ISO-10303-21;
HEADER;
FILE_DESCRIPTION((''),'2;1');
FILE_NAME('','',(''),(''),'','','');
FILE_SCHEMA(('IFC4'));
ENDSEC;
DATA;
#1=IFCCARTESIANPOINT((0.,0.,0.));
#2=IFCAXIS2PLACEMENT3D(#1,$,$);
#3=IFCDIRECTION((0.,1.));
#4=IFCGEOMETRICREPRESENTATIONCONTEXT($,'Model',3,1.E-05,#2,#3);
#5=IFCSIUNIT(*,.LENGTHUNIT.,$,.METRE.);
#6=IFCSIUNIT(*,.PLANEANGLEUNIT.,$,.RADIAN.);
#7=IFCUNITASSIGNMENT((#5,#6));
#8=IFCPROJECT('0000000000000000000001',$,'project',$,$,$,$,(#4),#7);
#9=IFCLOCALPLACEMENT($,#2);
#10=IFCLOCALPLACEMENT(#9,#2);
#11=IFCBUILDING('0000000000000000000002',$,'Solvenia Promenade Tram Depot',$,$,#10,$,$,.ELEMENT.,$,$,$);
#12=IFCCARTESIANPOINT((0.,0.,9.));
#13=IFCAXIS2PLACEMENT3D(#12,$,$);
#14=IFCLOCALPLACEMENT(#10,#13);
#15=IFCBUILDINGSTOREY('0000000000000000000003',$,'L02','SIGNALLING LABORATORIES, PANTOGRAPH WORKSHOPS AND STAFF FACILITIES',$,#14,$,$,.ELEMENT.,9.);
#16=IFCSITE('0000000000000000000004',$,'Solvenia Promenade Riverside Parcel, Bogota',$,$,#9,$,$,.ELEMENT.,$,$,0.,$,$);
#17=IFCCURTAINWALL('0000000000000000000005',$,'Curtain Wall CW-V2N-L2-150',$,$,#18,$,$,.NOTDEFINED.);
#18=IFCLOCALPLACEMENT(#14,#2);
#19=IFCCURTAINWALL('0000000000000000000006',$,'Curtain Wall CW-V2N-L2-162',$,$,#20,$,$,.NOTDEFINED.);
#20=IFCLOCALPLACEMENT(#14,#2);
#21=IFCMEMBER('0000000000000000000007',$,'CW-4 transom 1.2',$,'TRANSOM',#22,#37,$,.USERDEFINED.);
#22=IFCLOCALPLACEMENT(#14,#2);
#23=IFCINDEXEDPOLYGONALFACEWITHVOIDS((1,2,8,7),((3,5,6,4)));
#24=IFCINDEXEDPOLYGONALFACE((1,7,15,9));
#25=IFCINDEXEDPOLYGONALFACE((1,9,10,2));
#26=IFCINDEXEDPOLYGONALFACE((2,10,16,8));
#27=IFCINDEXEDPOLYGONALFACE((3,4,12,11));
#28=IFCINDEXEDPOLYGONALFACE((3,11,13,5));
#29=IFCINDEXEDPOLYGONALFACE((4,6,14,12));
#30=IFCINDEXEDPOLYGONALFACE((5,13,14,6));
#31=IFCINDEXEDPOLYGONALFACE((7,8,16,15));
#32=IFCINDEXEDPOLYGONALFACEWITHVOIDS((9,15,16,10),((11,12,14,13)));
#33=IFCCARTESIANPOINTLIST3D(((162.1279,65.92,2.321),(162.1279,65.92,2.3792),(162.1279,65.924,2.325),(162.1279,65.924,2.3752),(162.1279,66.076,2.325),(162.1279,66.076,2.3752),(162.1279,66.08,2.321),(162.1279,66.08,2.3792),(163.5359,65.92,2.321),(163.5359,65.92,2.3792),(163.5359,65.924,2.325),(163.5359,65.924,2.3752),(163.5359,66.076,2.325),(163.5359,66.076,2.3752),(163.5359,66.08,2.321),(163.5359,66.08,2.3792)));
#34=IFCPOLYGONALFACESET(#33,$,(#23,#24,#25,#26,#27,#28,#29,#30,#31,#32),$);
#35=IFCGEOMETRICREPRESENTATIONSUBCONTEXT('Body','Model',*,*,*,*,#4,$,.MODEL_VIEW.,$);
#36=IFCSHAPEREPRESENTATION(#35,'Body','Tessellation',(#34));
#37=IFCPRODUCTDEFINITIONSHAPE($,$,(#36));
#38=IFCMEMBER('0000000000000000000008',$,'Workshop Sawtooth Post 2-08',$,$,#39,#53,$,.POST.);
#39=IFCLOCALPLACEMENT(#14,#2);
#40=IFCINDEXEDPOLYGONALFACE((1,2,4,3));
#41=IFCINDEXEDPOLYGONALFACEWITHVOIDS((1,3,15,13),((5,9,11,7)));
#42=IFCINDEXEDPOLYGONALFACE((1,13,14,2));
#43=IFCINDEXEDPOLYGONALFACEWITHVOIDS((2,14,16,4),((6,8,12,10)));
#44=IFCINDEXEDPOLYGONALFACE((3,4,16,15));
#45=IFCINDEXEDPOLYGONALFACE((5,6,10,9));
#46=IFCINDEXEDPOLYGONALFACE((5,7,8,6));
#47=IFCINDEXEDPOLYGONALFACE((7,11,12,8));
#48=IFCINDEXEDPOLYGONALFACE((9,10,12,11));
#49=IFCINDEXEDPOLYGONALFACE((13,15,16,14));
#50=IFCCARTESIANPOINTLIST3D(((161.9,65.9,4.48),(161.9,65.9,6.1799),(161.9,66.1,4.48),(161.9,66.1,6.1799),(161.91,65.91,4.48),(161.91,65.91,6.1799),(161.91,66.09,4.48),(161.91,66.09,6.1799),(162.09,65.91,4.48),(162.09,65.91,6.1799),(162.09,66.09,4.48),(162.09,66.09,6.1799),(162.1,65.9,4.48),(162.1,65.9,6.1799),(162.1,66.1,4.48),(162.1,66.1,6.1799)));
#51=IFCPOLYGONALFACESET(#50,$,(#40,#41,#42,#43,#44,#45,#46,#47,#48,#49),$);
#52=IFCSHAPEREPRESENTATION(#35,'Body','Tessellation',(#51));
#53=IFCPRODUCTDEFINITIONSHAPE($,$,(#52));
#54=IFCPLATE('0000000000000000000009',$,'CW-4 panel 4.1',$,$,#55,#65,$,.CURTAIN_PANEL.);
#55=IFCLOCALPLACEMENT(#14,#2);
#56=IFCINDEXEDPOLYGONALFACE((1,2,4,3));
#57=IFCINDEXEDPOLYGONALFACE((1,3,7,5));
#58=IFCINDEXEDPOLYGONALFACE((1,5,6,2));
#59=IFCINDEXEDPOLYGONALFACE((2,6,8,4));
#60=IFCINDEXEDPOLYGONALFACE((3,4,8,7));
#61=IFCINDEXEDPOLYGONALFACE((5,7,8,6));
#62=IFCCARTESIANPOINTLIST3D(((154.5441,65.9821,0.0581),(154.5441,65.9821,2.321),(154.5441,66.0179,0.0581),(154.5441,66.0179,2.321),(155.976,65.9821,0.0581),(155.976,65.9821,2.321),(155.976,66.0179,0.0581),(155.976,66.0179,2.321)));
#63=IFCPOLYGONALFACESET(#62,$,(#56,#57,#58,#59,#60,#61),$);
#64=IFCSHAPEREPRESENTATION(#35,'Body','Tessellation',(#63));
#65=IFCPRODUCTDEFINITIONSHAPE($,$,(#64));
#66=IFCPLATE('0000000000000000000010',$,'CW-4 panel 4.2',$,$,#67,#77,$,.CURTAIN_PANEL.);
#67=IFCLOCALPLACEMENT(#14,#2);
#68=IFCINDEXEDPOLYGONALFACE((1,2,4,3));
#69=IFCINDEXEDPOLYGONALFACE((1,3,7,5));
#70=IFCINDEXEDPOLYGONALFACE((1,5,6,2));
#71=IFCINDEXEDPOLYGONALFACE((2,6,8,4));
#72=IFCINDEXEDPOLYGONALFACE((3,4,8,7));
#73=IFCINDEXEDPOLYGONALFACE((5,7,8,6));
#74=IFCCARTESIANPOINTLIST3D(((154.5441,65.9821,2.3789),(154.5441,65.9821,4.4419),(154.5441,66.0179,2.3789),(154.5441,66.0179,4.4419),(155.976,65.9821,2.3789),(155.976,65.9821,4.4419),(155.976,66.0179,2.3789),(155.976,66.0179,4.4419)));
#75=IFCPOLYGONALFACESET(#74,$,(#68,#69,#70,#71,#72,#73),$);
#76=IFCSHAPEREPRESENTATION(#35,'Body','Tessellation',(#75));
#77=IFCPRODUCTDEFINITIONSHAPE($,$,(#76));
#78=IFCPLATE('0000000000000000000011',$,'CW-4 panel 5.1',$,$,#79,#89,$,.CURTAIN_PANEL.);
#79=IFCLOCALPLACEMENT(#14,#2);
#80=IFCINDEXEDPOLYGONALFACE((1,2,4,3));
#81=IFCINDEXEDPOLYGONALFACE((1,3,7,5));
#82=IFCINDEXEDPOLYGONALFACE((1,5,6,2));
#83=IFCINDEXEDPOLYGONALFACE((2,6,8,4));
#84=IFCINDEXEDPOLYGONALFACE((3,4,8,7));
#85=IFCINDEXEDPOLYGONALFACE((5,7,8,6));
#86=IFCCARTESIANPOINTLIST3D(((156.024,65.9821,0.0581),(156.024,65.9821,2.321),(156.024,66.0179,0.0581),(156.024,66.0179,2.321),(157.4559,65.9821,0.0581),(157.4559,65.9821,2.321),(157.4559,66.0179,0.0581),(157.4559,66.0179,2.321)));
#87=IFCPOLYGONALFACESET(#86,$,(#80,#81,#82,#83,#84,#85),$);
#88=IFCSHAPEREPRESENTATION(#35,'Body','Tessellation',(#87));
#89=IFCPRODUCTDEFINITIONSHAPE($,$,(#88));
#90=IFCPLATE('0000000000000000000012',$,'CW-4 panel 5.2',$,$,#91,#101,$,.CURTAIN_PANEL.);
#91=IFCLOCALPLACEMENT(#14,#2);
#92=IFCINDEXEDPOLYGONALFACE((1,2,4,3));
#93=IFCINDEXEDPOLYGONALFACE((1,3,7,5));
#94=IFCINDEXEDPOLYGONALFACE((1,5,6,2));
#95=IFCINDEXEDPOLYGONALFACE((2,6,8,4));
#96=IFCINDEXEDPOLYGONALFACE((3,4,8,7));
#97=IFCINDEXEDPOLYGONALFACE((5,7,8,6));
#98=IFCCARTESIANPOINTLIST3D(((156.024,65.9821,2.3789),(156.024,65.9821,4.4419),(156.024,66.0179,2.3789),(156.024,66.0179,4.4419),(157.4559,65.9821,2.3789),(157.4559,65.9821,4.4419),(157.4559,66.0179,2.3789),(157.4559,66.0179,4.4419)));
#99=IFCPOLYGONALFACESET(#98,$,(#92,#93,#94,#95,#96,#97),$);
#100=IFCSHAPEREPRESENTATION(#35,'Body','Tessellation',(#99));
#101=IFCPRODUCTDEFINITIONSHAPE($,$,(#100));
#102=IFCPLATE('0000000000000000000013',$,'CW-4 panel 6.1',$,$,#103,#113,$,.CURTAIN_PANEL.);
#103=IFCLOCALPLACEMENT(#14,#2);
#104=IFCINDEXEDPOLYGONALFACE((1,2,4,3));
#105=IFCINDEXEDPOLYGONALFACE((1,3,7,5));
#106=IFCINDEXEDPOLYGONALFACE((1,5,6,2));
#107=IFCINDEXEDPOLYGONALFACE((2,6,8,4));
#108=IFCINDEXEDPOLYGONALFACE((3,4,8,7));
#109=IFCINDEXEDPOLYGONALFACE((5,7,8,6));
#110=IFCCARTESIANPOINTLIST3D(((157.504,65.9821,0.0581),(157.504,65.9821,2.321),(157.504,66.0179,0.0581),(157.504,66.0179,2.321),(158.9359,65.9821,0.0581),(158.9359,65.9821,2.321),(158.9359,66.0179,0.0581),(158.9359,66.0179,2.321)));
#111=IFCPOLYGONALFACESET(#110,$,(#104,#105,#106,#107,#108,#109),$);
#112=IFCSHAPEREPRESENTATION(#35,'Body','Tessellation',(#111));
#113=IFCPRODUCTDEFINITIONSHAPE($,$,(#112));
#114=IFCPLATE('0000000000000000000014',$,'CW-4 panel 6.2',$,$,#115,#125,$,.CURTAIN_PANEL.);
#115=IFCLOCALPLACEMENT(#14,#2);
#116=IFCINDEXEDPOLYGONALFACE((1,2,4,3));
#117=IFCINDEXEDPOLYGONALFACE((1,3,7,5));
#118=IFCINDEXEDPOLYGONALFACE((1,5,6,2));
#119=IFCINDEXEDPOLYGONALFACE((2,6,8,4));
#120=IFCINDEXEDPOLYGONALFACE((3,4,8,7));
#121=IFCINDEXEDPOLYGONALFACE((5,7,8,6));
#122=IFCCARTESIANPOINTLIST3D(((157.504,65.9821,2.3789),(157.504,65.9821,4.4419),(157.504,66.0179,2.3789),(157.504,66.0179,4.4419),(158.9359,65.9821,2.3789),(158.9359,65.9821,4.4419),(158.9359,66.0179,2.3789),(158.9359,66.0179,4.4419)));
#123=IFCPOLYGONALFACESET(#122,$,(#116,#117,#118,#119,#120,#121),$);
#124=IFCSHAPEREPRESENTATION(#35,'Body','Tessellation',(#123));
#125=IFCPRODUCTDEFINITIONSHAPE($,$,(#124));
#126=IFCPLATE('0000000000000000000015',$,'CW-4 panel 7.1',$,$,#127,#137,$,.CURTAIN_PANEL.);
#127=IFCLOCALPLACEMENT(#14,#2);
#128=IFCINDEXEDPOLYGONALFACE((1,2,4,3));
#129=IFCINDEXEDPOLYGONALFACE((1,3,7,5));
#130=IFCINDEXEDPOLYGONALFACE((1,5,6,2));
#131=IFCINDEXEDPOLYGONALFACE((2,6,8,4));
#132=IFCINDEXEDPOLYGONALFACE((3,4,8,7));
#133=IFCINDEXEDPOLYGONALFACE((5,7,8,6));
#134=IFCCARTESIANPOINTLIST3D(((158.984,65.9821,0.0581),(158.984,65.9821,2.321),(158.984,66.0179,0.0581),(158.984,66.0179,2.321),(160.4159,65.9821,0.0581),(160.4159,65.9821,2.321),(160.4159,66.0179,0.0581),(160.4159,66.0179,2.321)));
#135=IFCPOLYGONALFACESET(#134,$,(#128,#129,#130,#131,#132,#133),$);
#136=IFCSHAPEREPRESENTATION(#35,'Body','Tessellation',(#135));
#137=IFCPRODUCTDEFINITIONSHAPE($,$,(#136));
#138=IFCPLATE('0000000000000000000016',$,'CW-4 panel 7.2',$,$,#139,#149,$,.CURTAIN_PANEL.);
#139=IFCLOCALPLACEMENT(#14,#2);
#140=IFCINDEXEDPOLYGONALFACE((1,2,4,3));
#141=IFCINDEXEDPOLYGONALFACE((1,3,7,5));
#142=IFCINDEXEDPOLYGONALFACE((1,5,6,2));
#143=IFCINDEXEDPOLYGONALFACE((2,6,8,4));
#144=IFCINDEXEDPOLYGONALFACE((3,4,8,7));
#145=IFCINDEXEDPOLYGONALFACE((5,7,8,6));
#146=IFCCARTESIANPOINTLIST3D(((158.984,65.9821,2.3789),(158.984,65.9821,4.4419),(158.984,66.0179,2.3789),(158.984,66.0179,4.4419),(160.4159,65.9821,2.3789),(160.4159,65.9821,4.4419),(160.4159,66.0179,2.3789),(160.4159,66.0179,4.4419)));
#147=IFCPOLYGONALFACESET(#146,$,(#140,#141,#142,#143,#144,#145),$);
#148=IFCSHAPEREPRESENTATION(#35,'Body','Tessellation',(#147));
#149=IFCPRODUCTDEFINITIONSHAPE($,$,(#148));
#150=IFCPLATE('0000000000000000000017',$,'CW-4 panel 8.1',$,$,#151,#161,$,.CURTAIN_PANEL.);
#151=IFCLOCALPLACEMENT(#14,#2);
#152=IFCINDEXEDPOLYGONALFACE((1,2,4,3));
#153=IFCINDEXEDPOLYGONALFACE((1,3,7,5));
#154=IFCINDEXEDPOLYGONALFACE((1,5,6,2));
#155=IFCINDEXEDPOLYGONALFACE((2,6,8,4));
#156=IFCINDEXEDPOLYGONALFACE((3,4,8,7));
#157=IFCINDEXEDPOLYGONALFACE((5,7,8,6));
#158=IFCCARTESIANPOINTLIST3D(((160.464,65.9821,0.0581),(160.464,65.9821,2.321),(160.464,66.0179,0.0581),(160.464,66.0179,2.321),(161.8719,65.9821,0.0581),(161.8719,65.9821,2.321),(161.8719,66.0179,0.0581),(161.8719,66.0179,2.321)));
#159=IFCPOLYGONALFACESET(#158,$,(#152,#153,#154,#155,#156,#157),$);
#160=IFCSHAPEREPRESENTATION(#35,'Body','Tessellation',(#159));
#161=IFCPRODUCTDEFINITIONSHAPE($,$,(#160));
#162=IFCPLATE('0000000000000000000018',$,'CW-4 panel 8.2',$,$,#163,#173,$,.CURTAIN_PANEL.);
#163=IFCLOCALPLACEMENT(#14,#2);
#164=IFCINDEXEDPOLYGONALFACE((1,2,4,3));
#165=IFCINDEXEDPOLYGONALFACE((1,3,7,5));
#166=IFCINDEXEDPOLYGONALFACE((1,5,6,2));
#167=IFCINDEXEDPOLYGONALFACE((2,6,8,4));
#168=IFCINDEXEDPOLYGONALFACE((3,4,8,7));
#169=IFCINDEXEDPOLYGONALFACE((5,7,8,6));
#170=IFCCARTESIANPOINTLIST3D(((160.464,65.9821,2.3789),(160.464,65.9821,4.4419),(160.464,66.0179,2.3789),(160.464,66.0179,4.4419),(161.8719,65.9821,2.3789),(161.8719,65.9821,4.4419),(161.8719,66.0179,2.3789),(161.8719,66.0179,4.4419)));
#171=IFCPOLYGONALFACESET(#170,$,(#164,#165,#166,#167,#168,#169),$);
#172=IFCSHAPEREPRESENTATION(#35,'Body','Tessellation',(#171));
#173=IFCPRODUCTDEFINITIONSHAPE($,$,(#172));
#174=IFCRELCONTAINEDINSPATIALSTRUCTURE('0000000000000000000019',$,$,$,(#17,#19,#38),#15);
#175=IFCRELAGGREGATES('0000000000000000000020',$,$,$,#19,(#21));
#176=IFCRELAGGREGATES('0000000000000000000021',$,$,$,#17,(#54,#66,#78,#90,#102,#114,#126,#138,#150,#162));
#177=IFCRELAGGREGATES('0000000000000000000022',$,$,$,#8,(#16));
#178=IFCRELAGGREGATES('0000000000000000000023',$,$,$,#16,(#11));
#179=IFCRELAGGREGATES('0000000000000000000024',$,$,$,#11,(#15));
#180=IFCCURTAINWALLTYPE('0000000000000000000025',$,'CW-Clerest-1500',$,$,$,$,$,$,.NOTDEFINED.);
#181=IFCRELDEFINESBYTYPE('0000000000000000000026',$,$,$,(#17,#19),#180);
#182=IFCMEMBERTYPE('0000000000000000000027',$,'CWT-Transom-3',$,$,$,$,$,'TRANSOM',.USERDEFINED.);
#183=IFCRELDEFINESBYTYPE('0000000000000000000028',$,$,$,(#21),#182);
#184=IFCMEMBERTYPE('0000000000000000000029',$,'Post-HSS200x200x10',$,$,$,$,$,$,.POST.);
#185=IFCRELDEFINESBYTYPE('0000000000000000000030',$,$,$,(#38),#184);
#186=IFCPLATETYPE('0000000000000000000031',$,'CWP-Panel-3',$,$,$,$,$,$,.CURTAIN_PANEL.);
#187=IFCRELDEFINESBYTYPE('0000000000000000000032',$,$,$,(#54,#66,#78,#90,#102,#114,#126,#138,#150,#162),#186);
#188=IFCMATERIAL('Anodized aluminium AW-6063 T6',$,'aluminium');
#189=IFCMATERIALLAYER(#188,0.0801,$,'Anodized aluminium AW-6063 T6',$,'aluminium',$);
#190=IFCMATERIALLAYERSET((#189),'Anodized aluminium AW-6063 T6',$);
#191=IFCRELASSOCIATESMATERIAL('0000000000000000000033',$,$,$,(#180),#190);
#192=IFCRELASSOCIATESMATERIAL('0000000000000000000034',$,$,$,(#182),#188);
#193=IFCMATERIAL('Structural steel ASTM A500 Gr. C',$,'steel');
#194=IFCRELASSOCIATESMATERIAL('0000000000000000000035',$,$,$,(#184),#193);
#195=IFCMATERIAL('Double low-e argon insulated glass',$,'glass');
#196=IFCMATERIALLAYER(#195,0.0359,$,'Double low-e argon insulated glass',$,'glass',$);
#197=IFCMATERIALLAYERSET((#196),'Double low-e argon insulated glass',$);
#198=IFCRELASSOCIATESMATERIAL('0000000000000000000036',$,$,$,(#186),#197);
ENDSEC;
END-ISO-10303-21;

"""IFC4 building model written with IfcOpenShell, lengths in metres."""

from ifc_helpers import new_model, si_unit, direction, frame, origin, origin_2d, place, context, subcontext, project, spatial, rectangle, hollow_rectangle, extrude, material, layer, layer_set, material_profile, profile_set, type_object, element, aggregate, save


model = new_model("IFC4")

# Units and contexts
model_context = context("Model", 3, precision=1e-05, world=origin(), true_north=direction((0.0, 1.0)))
body_context = subcontext(model_context, "Body", "Model", "MODEL_VIEW")
ifc_project = project(units=[si_unit("LENGTHUNIT", "METRE"), si_unit("PLANEANGLEUNIT", "RADIAN")], contexts=[model_context])

# Site, building, storey
site_placement = place(None, origin())
site = spatial("IfcSite", under=ifc_project, at=site_placement, Name="Solvenia Promenade Riverside Parcel, Bogota", CompositionType="ELEMENT", RefElevation=0.0)
building_placement = place(site_placement, origin())
building = spatial("IfcBuilding", under=site, at=building_placement, Name="Solvenia Promenade Tram Depot", CompositionType="ELEMENT")
storey_placement = place(building_placement, frame((0.0, 0.0, 9.0)))
storey = spatial("IfcBuildingStorey", under=building, at=storey_placement, Name="L02", Description="SIGNALLING LABORATORIES, PANTOGRAPH WORKSHOPS AND STAFF FACILITIES", CompositionType="ELEMENT", Elevation=9.0)

# Curtain wall
ifc_material_1 = material(Name="Anodized aluminium AW-6063 T6", Category="aluminium")
ifc_layer_1 = layer(ifc_material_1, 0.0801, Name="Anodized aluminium AW-6063 T6", Category="aluminium")
ifc_layer_set_1 = layer_set([ifc_layer_1], Name="Anodized aluminium AW-6063 T6")
curtain_wall_type = type_object("IfcCurtainWallType", Name="CW-Clerest-1500", PredefinedType="NOTDEFINED", material=ifc_layer_set_1)
curtain_wall_1_placement = place(storey_placement, origin())
curtain_wall_1 = element("IfcCurtainWall", 1, at=curtain_wall_1_placement, inside=storey, type_object=curtain_wall_type, Name="Curtain Wall CW-V2N-L2-150", PredefinedType="NOTDEFINED")

# Curtain wall
curtain_wall_2_placement = place(storey_placement, origin())
curtain_wall_2 = element("IfcCurtainWall", 2, at=curtain_wall_2_placement, inside=storey, type_object=curtain_wall_type, Name="Curtain Wall CW-V2N-L2-162", PredefinedType="NOTDEFINED")

# Members
ifc_material_profile_1 = material_profile(ifc_material_1, hollow_rectangle(XDim=0.1599, YDim=0.0581, WallThickness=0.0039, at=origin_2d()), Name="ALU-T3", Category="aluminium")
ifc_profile_set_1 = profile_set([ifc_material_profile_1], Name="Anodized aluminium AW-6063 T6")
member_type_1 = type_object("IfcMemberType", Name="CWT-Transom-3", ElementType="TRANSOM", PredefinedType="USERDEFINED", material=ifc_profile_set_1)
member_1_placement = place(storey_placement, frame((162.1279, 66.0, 2.3501), z_axis=(1.0, 0.0, 0.0), x_axis=(0.0, 1.0, 0.0)))
member_1 = element("IfcMember", 3, at=member_1_placement, type_object=member_type_1, Name="CW-4 transom 1.2", ObjectType="TRANSOM", PredefinedType="USERDEFINED", context=body_context, shape_type="SweptSolid", body=[
    extrude(hollow_rectangle(XDim=0.1599, YDim=0.0581, WallThickness=0.0039, at=origin_2d()), origin(), (0.0, 0.0, 1.0), 1.408),
])
aggregate(curtain_wall_2, [member_1])
ifc_material_2 = material(Name="Structural steel ASTM A500 Gr. C", Category="steel")
ifc_material_profile_2 = material_profile(ifc_material_2, hollow_rectangle(XDim=0.2, YDim=0.2, WallThickness=0.01, at=origin_2d()), Name="HSS200x200x10", Category="steel")
ifc_profile_set_2 = profile_set([ifc_material_profile_2], Name="Structural steel ASTM A500 Gr. C")
member_type_2 = type_object("IfcMemberType", Name="Post-HSS200x200x10", PredefinedType="POST", material=ifc_profile_set_2)
member_2_placement = place(storey_placement, frame((162.0, 66.0, 4.48), z_axis=(0.0, 0.0, 1.0), x_axis=(1.0, 0.0, 0.0)))
element("IfcMember", 4, at=member_2_placement, inside=storey, type_object=member_type_2, Name="Workshop Sawtooth Post 2-08", PredefinedType="POST", context=body_context, shape_type="SweptSolid", body=[
    extrude(hollow_rectangle(XDim=0.2, YDim=0.2, WallThickness=0.01, at=origin_2d()), origin(), (0.0, 0.0, 1.0), 1.7),
])

# Plates
ifc_material_3 = material(Name="Double low-e argon insulated glass", Category="glass")
ifc_layer_2 = layer(ifc_material_3, 0.0359, Name="Double low-e argon insulated glass", Category="glass")
ifc_layer_set_2 = layer_set([ifc_layer_2], Name="Double low-e argon insulated glass")
plate_type = type_object("IfcPlateType", Name="CWP-Panel-3", PredefinedType="CURTAIN_PANEL", material=ifc_layer_set_2)
plate_1_placement = place(storey_placement, frame((155.26, 66.0, 0.0581), z_axis=(0.0, 0.0, 1.0), x_axis=(1.0, 0.0, 0.0)))
plate_1 = element("IfcPlate", 5, at=plate_1_placement, type_object=plate_type, Name="CW-4 panel 4.1", PredefinedType="CURTAIN_PANEL", context=body_context, shape_type="SweptSolid", body=[
    extrude(rectangle(XDim=1.4319, YDim=0.0359, at=origin_2d()), origin(), (0.0, 0.0, 1.0), 2.2629),
])
plate_2_placement = place(storey_placement, frame((155.26, 66.0, 2.3789), z_axis=(0.0, 0.0, 1.0), x_axis=(1.0, 0.0, 0.0)))
plate_2 = element("IfcPlate", 6, at=plate_2_placement, type_object=plate_type, Name="CW-4 panel 4.2", PredefinedType="CURTAIN_PANEL", context=body_context, shape_type="SweptSolid", body=[
    extrude(rectangle(XDim=1.4319, YDim=0.0359, at=origin_2d()), origin(), (0.0, 0.0, 1.0), 2.063),
])
plate_3_placement = place(storey_placement, frame((156.74, 66.0, 0.0581), z_axis=(0.0, 0.0, 1.0), x_axis=(1.0, 0.0, 0.0)))
plate_3 = element("IfcPlate", 7, at=plate_3_placement, type_object=plate_type, Name="CW-4 panel 5.1", PredefinedType="CURTAIN_PANEL", context=body_context, shape_type="SweptSolid", body=[
    extrude(rectangle(XDim=1.4319, YDim=0.0359, at=origin_2d()), origin(), (0.0, 0.0, 1.0), 2.2629),
])
plate_4_placement = place(storey_placement, frame((156.74, 66.0, 2.3789), z_axis=(0.0, 0.0, 1.0), x_axis=(1.0, 0.0, 0.0)))
plate_4 = element("IfcPlate", 8, at=plate_4_placement, type_object=plate_type, Name="CW-4 panel 5.2", PredefinedType="CURTAIN_PANEL", context=body_context, shape_type="SweptSolid", body=[
    extrude(rectangle(XDim=1.4319, YDim=0.0359, at=origin_2d()), origin(), (0.0, 0.0, 1.0), 2.063),
])
plate_5_placement = place(storey_placement, frame((158.22, 66.0, 0.0581), z_axis=(0.0, 0.0, 1.0), x_axis=(1.0, 0.0, 0.0)))
plate_5 = element("IfcPlate", 9, at=plate_5_placement, type_object=plate_type, Name="CW-4 panel 6.1", PredefinedType="CURTAIN_PANEL", context=body_context, shape_type="SweptSolid", body=[
    extrude(rectangle(XDim=1.4319, YDim=0.0359, at=origin_2d()), origin(), (0.0, 0.0, 1.0), 2.2629),
])
plate_6_placement = place(storey_placement, frame((158.22, 66.0, 2.3789), z_axis=(0.0, 0.0, 1.0), x_axis=(1.0, 0.0, 0.0)))
plate_6 = element("IfcPlate", 10, at=plate_6_placement, type_object=plate_type, Name="CW-4 panel 6.2", PredefinedType="CURTAIN_PANEL", context=body_context, shape_type="SweptSolid", body=[
    extrude(rectangle(XDim=1.4319, YDim=0.0359, at=origin_2d()), origin(), (0.0, 0.0, 1.0), 2.063),
])
plate_7_placement = place(storey_placement, frame((159.7, 66.0, 0.0581), z_axis=(0.0, 0.0, 1.0), x_axis=(1.0, 0.0, 0.0)))
plate_7 = element("IfcPlate", 11, at=plate_7_placement, type_object=plate_type, Name="CW-4 panel 7.1", PredefinedType="CURTAIN_PANEL", context=body_context, shape_type="SweptSolid", body=[
    extrude(rectangle(XDim=1.4319, YDim=0.0359, at=origin_2d()), origin(), (0.0, 0.0, 1.0), 2.2629),
])
plate_8_placement = place(storey_placement, frame((159.7, 66.0, 2.3789), z_axis=(0.0, 0.0, 1.0), x_axis=(1.0, 0.0, 0.0)))
plate_8 = element("IfcPlate", 12, at=plate_8_placement, type_object=plate_type, Name="CW-4 panel 7.2", PredefinedType="CURTAIN_PANEL", context=body_context, shape_type="SweptSolid", body=[
    extrude(rectangle(XDim=1.4319, YDim=0.0359, at=origin_2d()), origin(), (0.0, 0.0, 1.0), 2.063),
])
plate_9_placement = place(storey_placement, frame((161.168, 66.0, 0.0581), z_axis=(0.0, 0.0, 1.0), x_axis=(1.0, 0.0, 0.0)))
plate_9 = element("IfcPlate", 13, at=plate_9_placement, type_object=plate_type, Name="CW-4 panel 8.1", PredefinedType="CURTAIN_PANEL", context=body_context, shape_type="SweptSolid", body=[
    extrude(rectangle(XDim=1.408, YDim=0.0359, at=origin_2d()), origin(), (0.0, 0.0, 1.0), 2.2629),
])
plate_10_placement = place(storey_placement, frame((161.168, 66.0, 2.3789), z_axis=(0.0, 0.0, 1.0), x_axis=(1.0, 0.0, 0.0)))
plate_10 = element("IfcPlate", 14, at=plate_10_placement, type_object=plate_type, Name="CW-4 panel 8.2", PredefinedType="CURTAIN_PANEL", context=body_context, shape_type="SweptSolid", body=[
    extrude(rectangle(XDim=1.408, YDim=0.0359, at=origin_2d()), origin(), (0.0, 0.0, 1.0), 2.063),
])
aggregate(curtain_wall_1, [plate_1, plate_2, plate_3, plate_4, plate_5, plate_6, plate_7, plate_8, plate_9, plate_10])

save(model, "model.ifc")
